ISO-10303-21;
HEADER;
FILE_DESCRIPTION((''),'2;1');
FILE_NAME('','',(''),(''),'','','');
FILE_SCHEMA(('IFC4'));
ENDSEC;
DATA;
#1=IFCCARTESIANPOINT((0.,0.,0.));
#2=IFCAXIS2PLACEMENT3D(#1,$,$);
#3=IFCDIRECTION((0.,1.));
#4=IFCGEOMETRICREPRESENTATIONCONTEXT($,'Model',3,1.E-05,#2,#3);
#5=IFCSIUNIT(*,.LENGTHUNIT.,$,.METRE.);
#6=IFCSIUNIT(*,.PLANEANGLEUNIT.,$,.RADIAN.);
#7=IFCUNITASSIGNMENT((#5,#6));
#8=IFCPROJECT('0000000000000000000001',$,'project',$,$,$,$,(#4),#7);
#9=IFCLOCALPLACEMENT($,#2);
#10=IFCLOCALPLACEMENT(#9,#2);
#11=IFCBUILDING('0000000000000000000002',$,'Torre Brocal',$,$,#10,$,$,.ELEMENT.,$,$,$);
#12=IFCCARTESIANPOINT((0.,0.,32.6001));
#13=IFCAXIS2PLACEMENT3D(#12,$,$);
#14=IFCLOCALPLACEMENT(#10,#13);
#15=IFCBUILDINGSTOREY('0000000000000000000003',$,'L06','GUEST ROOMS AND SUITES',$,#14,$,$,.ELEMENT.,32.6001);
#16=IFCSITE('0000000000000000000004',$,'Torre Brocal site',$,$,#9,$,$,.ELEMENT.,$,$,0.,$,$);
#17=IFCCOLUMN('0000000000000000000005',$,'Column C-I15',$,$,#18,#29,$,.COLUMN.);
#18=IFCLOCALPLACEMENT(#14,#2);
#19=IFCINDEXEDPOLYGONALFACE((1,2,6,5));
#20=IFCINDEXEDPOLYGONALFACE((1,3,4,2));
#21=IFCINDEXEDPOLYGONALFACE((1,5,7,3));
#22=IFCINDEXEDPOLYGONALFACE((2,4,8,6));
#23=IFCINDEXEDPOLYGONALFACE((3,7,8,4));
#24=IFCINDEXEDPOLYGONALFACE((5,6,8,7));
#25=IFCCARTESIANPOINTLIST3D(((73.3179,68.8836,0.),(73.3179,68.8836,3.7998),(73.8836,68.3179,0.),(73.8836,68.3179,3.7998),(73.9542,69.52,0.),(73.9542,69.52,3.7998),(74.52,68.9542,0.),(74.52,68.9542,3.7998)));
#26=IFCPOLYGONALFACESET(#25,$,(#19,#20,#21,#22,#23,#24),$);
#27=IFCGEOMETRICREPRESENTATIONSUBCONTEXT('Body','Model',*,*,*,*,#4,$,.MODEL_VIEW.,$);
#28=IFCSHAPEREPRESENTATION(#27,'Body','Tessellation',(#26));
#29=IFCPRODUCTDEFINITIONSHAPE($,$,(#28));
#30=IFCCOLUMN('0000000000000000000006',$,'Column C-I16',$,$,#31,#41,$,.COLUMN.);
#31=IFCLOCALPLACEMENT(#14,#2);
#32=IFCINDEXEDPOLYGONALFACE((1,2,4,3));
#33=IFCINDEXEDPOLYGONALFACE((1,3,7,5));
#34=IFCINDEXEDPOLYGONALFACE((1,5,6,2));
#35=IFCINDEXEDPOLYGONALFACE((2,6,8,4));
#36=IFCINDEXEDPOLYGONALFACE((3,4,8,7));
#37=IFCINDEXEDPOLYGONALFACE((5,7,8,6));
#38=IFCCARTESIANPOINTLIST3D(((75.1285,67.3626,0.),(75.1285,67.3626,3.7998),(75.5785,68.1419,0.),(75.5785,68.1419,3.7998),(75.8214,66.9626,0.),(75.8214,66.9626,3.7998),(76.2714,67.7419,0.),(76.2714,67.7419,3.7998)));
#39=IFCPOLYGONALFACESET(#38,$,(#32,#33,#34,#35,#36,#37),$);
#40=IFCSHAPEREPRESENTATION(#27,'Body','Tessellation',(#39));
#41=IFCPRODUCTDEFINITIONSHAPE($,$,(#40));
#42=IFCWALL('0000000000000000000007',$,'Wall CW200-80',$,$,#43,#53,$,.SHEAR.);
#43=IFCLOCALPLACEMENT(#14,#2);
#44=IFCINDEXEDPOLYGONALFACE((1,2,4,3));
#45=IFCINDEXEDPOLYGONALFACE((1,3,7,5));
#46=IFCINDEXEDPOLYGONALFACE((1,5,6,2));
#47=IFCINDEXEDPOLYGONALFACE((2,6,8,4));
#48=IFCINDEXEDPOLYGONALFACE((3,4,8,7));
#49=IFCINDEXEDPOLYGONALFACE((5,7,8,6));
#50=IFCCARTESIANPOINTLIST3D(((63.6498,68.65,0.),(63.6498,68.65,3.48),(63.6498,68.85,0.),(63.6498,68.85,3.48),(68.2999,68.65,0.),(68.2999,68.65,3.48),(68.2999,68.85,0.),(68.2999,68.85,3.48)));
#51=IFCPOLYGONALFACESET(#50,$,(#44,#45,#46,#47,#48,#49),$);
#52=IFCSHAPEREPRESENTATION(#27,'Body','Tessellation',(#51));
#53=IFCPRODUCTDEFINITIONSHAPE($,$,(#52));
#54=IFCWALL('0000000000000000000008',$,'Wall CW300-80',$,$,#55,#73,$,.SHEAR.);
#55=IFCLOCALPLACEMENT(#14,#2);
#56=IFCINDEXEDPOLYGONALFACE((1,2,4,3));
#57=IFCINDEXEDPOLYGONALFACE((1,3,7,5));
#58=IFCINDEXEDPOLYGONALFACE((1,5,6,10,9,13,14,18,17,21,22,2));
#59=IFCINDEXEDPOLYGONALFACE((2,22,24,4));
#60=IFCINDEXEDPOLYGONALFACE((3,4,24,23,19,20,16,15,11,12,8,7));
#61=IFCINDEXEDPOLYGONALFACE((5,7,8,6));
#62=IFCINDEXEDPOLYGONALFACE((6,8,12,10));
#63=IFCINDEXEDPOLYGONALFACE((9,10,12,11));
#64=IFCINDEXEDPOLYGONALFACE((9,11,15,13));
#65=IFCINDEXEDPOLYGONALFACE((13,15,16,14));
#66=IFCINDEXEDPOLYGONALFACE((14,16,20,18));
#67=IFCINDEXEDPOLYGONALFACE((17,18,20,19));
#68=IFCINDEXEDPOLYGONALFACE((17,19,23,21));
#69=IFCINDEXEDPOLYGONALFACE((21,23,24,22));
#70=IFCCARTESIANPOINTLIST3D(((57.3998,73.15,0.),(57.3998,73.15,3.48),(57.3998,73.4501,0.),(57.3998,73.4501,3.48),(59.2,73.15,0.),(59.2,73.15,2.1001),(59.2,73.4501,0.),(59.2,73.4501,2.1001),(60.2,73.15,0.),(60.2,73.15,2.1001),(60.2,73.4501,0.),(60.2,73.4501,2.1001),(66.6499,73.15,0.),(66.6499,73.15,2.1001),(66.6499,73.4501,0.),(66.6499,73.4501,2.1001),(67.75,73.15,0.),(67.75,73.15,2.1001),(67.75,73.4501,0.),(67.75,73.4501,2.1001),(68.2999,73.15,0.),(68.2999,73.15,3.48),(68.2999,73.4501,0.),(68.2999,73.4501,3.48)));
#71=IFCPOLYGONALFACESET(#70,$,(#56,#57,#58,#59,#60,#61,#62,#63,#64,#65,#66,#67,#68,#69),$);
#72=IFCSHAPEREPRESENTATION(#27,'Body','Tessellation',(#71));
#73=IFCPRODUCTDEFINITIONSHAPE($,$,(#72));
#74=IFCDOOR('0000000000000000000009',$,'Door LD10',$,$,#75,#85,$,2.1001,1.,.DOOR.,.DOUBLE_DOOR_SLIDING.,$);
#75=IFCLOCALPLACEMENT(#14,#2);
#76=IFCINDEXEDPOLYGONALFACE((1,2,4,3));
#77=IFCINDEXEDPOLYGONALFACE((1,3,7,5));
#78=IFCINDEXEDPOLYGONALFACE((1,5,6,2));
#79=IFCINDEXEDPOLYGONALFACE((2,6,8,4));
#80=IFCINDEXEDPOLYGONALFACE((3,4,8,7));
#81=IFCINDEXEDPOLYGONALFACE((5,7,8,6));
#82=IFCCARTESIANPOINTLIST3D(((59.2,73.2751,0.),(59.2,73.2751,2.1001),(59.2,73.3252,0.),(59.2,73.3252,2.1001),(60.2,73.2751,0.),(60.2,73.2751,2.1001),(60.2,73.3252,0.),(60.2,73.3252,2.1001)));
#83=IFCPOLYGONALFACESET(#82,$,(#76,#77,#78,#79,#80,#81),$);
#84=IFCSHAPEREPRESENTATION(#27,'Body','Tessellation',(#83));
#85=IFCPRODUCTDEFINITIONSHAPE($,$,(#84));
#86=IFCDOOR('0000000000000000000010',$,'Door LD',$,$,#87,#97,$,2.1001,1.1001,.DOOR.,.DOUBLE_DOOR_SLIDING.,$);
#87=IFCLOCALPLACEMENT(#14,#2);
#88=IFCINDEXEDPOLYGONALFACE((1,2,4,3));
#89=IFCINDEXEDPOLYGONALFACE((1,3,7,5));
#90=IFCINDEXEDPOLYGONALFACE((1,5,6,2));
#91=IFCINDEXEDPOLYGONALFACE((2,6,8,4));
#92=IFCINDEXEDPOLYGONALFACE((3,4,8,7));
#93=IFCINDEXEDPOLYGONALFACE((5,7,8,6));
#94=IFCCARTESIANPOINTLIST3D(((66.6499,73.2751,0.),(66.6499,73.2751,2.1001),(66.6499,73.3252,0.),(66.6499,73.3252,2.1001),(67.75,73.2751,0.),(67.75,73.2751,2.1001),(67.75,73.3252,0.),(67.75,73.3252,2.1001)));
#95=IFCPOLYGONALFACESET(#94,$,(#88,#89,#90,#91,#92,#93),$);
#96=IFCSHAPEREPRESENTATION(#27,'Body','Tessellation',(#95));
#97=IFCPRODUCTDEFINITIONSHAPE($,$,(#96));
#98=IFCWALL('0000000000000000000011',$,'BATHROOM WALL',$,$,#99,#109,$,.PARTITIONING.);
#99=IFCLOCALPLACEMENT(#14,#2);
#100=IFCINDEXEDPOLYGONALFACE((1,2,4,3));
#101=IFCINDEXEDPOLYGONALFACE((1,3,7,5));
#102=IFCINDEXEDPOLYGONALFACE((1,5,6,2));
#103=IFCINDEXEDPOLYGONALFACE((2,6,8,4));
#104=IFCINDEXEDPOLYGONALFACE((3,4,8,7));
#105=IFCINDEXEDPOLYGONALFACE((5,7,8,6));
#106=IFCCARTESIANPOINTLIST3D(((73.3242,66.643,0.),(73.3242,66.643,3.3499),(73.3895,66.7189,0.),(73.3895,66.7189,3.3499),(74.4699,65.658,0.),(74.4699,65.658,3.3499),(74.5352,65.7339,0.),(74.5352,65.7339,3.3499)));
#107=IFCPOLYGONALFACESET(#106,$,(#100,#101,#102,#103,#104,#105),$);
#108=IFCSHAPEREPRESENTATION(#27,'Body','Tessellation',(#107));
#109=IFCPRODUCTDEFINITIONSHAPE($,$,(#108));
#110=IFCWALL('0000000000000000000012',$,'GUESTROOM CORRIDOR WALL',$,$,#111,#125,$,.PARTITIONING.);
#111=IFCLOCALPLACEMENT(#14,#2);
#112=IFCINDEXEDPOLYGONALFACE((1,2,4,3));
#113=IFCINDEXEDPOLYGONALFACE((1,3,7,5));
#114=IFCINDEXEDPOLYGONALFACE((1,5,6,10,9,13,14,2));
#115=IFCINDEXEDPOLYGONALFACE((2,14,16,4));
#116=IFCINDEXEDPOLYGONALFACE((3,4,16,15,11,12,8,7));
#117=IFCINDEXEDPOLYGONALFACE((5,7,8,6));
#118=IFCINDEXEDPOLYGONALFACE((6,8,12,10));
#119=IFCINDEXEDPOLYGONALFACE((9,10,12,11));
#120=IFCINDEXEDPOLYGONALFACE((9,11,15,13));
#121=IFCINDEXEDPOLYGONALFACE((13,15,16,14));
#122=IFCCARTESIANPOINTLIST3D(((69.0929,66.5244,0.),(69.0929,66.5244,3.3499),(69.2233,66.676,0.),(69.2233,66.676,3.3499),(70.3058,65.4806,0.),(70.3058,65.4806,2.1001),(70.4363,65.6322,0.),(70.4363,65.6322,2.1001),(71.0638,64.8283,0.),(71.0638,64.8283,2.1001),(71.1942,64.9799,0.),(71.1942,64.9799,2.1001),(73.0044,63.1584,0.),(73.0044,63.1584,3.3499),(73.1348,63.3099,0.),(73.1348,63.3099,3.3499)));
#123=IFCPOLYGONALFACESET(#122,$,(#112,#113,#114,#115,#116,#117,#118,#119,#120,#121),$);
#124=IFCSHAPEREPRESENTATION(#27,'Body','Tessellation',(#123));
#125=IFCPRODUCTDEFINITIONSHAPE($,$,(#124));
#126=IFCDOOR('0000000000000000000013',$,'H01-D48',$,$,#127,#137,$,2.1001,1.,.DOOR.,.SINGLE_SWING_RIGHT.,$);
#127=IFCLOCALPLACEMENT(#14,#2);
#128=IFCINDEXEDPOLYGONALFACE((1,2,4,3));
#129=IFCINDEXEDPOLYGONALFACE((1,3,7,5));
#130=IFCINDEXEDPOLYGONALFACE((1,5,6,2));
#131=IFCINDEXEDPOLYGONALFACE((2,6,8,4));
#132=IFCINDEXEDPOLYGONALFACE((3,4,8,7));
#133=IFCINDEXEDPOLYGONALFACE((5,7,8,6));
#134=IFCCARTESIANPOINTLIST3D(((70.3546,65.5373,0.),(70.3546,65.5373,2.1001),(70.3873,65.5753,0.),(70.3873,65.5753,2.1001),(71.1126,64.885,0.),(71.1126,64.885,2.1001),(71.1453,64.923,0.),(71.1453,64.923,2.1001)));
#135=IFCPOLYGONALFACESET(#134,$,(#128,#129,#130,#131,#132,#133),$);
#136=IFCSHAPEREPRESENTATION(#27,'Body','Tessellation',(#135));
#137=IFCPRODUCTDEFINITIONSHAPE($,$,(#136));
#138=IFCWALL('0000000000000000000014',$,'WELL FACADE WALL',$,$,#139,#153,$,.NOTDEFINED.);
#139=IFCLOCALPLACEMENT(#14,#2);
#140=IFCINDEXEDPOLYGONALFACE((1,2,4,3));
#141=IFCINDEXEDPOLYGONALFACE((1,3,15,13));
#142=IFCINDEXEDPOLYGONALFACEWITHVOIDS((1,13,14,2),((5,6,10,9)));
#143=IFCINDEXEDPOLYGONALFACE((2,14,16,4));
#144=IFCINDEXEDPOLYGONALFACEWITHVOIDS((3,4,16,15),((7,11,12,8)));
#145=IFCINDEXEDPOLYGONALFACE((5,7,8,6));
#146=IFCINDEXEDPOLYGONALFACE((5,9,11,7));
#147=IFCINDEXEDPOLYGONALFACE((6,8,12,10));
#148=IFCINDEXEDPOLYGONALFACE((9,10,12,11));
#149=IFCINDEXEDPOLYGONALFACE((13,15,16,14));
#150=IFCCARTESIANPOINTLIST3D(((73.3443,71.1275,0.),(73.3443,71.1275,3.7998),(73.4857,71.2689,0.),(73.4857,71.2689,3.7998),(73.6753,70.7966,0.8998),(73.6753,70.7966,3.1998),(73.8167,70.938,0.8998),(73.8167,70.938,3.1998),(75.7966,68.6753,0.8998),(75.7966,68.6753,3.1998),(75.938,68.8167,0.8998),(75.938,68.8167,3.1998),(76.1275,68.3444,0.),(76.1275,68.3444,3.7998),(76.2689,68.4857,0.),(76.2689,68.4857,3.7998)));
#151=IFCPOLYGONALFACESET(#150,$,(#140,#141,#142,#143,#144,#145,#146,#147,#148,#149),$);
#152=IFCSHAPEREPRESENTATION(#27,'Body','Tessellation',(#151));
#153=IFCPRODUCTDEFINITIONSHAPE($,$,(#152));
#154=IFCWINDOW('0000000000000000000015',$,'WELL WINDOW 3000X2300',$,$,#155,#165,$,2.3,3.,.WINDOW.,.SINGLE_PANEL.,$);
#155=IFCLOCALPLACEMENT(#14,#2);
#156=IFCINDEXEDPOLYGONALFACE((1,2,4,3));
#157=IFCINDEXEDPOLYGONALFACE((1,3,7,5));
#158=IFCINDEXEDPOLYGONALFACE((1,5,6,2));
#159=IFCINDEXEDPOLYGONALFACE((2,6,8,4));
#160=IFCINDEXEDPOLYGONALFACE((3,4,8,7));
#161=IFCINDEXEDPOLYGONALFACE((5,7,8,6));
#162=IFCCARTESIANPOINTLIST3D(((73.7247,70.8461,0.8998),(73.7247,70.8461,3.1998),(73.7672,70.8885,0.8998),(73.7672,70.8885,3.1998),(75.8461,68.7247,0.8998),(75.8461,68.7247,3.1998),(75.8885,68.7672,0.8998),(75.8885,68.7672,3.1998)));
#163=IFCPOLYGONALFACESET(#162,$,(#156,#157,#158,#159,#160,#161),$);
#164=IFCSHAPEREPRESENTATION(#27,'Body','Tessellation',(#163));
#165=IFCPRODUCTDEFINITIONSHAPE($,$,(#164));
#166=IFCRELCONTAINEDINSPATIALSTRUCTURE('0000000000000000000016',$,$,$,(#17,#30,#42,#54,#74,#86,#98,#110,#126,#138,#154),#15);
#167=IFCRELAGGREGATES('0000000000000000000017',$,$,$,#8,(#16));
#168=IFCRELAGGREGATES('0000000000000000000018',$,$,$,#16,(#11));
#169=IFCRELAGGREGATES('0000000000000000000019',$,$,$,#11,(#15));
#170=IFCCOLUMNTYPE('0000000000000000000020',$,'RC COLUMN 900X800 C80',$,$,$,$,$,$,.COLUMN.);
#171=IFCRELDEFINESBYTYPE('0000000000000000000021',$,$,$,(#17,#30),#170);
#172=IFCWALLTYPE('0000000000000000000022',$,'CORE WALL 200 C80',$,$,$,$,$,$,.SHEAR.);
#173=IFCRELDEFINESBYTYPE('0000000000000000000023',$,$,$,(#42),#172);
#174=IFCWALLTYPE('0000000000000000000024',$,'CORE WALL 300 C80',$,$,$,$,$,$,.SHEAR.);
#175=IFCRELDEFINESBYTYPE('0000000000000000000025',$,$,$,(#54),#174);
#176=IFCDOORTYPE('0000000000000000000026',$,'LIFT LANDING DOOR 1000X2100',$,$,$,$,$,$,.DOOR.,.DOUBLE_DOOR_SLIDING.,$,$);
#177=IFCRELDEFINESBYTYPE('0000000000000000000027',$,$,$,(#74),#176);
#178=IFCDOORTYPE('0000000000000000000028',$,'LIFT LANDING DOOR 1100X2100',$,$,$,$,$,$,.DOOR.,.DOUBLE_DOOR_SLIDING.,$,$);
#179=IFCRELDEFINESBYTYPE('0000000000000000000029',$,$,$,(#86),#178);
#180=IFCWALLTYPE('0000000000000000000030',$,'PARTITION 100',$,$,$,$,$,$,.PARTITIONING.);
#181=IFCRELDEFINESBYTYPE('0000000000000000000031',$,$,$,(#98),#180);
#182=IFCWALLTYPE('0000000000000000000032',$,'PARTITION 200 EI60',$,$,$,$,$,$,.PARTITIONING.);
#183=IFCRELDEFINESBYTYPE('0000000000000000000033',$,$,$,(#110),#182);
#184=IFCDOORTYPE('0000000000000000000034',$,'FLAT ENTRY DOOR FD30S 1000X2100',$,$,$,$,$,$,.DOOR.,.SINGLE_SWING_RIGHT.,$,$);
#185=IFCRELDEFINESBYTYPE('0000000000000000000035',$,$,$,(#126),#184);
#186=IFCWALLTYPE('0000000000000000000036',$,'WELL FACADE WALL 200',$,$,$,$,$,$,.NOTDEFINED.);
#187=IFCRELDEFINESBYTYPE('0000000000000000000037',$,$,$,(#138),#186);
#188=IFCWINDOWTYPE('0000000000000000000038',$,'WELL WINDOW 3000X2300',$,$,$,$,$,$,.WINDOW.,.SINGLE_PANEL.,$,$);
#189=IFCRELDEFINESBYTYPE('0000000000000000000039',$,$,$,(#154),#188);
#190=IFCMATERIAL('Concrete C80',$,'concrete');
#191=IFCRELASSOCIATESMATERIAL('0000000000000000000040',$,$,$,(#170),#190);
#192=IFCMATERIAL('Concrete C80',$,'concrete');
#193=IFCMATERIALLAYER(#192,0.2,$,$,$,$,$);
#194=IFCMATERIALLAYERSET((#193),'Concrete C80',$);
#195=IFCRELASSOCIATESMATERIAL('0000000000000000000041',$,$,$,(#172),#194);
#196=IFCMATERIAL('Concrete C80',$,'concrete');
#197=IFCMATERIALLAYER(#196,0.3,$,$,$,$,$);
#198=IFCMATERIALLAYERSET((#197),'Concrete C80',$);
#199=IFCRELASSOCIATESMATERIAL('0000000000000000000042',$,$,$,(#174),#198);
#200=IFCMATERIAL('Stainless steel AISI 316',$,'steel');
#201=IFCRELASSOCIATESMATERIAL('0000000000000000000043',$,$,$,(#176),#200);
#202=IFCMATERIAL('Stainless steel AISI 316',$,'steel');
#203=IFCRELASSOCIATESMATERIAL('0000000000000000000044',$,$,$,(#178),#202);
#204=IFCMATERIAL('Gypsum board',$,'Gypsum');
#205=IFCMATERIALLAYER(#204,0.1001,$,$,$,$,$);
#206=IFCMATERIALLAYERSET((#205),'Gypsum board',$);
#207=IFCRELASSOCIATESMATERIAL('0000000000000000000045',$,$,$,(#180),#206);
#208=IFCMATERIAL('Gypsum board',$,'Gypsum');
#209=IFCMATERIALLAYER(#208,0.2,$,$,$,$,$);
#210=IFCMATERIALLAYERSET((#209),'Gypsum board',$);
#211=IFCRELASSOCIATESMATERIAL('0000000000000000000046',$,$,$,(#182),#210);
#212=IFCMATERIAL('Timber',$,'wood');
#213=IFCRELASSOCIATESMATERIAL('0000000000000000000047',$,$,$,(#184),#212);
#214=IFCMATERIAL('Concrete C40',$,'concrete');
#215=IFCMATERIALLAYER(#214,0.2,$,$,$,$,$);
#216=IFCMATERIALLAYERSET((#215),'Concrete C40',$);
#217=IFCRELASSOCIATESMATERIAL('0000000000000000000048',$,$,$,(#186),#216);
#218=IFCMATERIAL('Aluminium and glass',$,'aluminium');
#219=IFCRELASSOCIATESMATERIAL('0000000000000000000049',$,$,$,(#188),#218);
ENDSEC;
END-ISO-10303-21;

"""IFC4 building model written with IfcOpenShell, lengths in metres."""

from ifc_helpers import new_model, si_unit, direction, frame, frame_2d, origin, origin_2d, place, context, subcontext, project, spatial, rectangle, extrude, material, layer, layer_set, material_profile, profile_set, type_object, element, fill, save


model = new_model("IFC4")

# Units and contexts
model_context = context("Model", 3, precision=1e-05, world=origin(), true_north=direction((0.0, 1.0)))
body_context = subcontext(model_context, "Body", "Model", "MODEL_VIEW")
ifc_project = project(units=[si_unit("LENGTHUNIT", "METRE"), si_unit("PLANEANGLEUNIT", "RADIAN")], contexts=[model_context])

# Site, building, storey
site_placement = place(None, origin())
site = spatial("IfcSite", under=ifc_project, at=site_placement, Name="Torre Brocal site", CompositionType="ELEMENT", RefElevation=0.0)
building_placement = place(site_placement, origin())
building = spatial("IfcBuilding", under=site, at=building_placement, Name="Torre Brocal", CompositionType="ELEMENT")
storey_placement = place(building_placement, frame((0.0, 0.0, 32.6001)))
storey = spatial("IfcBuildingStorey", under=building, at=storey_placement, Name="L06", Description="GUEST ROOMS AND SUITES", CompositionType="ELEMENT", Elevation=32.6001)

# Columns
ifc_material_1 = material(Name="Concrete C80", Category="concrete")
ifc_material_profile = material_profile(ifc_material_1, rectangle(XDim=0.8999, YDim=0.8, at=origin_2d()), Name="RC 900X800")
ifc_profile_set = profile_set([ifc_material_profile], Name="Concrete C80")
column_type = type_object("IfcColumnType", Name="RC COLUMN 900X800 C80", PredefinedType="COLUMN", material=ifc_profile_set)
for number, where, z_axis, x_axis, name in (
    (1, (73.9189, 68.9189, 0.0), (0.0, 0.0, 1.0), (-0.707107, -0.707107, 0.0), "Column C-I15"),
    (2, (75.7, 67.5522, 0.0), (0.0, 0.0, 1.0), (-0.5, -0.866025, 0.0), "Column C-I16"),
):
    element("IfcColumn", number, at=place(storey_placement, frame(where, z_axis=z_axis, x_axis=x_axis)), inside=storey, type_object=column_type, Name=name, PredefinedType="COLUMN", context=body_context, shape_type="SweptSolid", body=[
        extrude(rectangle(XDim=0.8999, YDim=0.8, at=origin_2d()), origin(), (0.0, 0.0, 1.0), 3.7998),
    ])

# Wall
ifc_material_2 = material(Name="Concrete C80", Category="concrete")
ifc_layer_1 = layer(ifc_material_2, 0.2)
ifc_layer_set_1 = layer_set([ifc_layer_1], Name="Concrete C80")
wall_type_1 = type_object("IfcWallType", Name="CORE WALL 200 C80", PredefinedType="SHEAR", material=ifc_layer_set_1)
wall_1_placement = place(storey_placement, frame((68.3, 68.75, 0.0), z_axis=(0.0, 0.0, 1.0), x_axis=(-1.0, 0.0, 0.0)))
element("IfcWall", 3, at=wall_1_placement, inside=storey, type_object=wall_type_1, Name="Wall CW200-80", PredefinedType="SHEAR", context=body_context, shape_type="SweptSolid", body=[
    extrude(rectangle(XDim=4.6501, YDim=0.2, at=frame_2d((2.3252, 0.0))), origin(), (0.0, 0.0, 1.0), 3.48),
])

# Wall, openings, doors
ifc_material_3 = material(Name="Concrete C80", Category="concrete")
ifc_layer_2 = layer(ifc_material_3, 0.3)
ifc_layer_set_2 = layer_set([ifc_layer_2], Name="Concrete C80")
wall_type_2 = type_object("IfcWallType", Name="CORE WALL 300 C80", PredefinedType="SHEAR", material=ifc_layer_set_2)
wall_2_placement = place(storey_placement, frame((68.3, 73.3, 0.0), z_axis=(0.0, 0.0, 1.0), x_axis=(-1.0, 0.0, 0.0)))
wall_2 = element("IfcWall", 4, at=wall_2_placement, inside=storey, type_object=wall_type_2, Name="Wall CW300-80", PredefinedType="SHEAR", context=body_context, shape_type="SweptSolid", body=[
    extrude(rectangle(XDim=10.9001, YDim=0.3, at=frame_2d((5.4502, 0.0))), origin(), (0.0, 0.0, 1.0), 3.48),
])
opening_1_placement = place(wall_2_placement, frame((0.55, 0.0, 0.0)))
opening_1 = element("IfcOpeningElement", 5, at=opening_1_placement, cuts=wall_2, PredefinedType="OPENING", context=body_context, shape_type="SweptSolid", body=[
    extrude(rectangle(XDim=1.1001, YDim=2.1001, at=frame_2d((0.55, 1.05))), frame((0.0, 0.1599, 0.0), z_axis=(0.0, -1.0, 0.0), x_axis=(1.0, 0.0, 0.0)), (0.0, 0.0, 1.0), 0.3201),
])
opening_2_placement = place(wall_2_placement, frame((8.1001, 0.0, 0.0)))
opening_2 = element("IfcOpeningElement", 6, at=opening_2_placement, cuts=wall_2, PredefinedType="OPENING", context=body_context, shape_type="SweptSolid", body=[
    extrude(rectangle(XDim=1.0, YDim=2.1001, at=frame_2d((0.5, 1.05))), frame((0.0, 0.1599, 0.0), z_axis=(0.0, -1.0, 0.0), x_axis=(1.0, 0.0, 0.0)), (0.0, 0.0, 1.0), 0.3201),
])
ifc_material_4 = material(Name="Stainless steel AISI 316", Category="steel")
door_type_1 = type_object("IfcDoorType", Name="LIFT LANDING DOOR 1000X2100", OperationType="DOUBLE_DOOR_SLIDING", PredefinedType="DOOR", material=ifc_material_4)
door_1_placement = place(opening_2_placement, origin())
door_1 = element("IfcDoor", 7, at=door_1_placement, inside=storey, type_object=door_type_1, Name="Door LD10", OperationType="DOUBLE_DOOR_SLIDING", OverallHeight=2.1001, OverallWidth=1.0, PredefinedType="DOOR", context=body_context, shape_type="SweptSolid", body=[
    extrude(rectangle(XDim=1.0, YDim=2.1001, at=frame_2d((0.5, 1.05))), frame((0.0, 0.0249, 0.0), z_axis=(0.0, -1.0, 0.0), x_axis=(1.0, 0.0, 0.0)), (0.0, 0.0, 1.0), 0.05),
])
fill(opening_2, door_1)
ifc_material_5 = material(Name="Stainless steel AISI 316", Category="steel")
door_type_2 = type_object("IfcDoorType", Name="LIFT LANDING DOOR 1100X2100", OperationType="DOUBLE_DOOR_SLIDING", PredefinedType="DOOR", material=ifc_material_5)
door_2_placement = place(opening_1_placement, origin())
door_2 = element("IfcDoor", 8, at=door_2_placement, inside=storey, type_object=door_type_2, Name="Door LD", OperationType="DOUBLE_DOOR_SLIDING", OverallHeight=2.1001, OverallWidth=1.1001, PredefinedType="DOOR", context=body_context, shape_type="SweptSolid", body=[
    extrude(rectangle(XDim=1.1001, YDim=2.1001, at=frame_2d((0.55, 1.05))), frame((0.0, 0.0249, 0.0), z_axis=(0.0, -1.0, 0.0), x_axis=(1.0, 0.0, 0.0)), (0.0, 0.0, 1.0), 0.05),
])
fill(opening_1, door_2)

# Wall
ifc_material_6 = material(Name="Gypsum board", Category="Gypsum")
ifc_layer_3 = layer(ifc_material_6, 0.1001)
ifc_layer_set_3 = layer_set([ifc_layer_3], Name="Gypsum board")
wall_type_3 = type_object("IfcWallType", Name="PARTITION 100", PredefinedType="PARTITIONING", material=ifc_layer_set_3)
wall_3_placement = place(storey_placement, frame((73.3569, 66.6809, 0.0), z_axis=(0.0, 0.0, 1.0), x_axis=(0.758263, -0.651948, 0.0)))
element("IfcWall", 9, at=wall_3_placement, inside=storey, type_object=wall_type_3, Name="BATHROOM WALL", PredefinedType="PARTITIONING", context=body_context, shape_type="SweptSolid", body=[
    extrude(rectangle(XDim=1.511, YDim=0.1001, at=frame_2d((0.7554, 0.0))), origin(), (0.0, 0.0, 1.0), 3.3499),
])

# Wall, opening, door
ifc_material_7 = material(Name="Gypsum board", Category="Gypsum")
ifc_layer_4 = layer(ifc_material_7, 0.2)
ifc_layer_set_4 = layer_set([ifc_layer_4], Name="Gypsum board")
wall_type_4 = type_object("IfcWallType", Name="PARTITION 200 EI60", PredefinedType="PARTITIONING", material=ifc_layer_set_4)
wall_4_placement = place(storey_placement, frame((69.1582, 66.6001, 0.0), z_axis=(0.0, 0.0, 1.0), x_axis=(0.757976, -0.652282, 0.0)))
wall_4 = element("IfcWall", 10, at=wall_4_placement, inside=storey, type_object=wall_type_4, Name="GUESTROOM CORRIDOR WALL", PredefinedType="PARTITIONING", context=body_context, shape_type="SweptSolid", body=[
    extrude(rectangle(XDim=5.1604, YDim=0.2, at=frame_2d((2.5801, 0.0))), origin(), (0.0, 0.0, 1.0), 3.3499),
])
opening_3_placement = place(wall_4_placement, frame((1.6001, 0.0, 0.0)))
opening_3 = element("IfcOpeningElement", 11, at=opening_3_placement, cuts=wall_4, PredefinedType="OPENING", context=body_context, shape_type="SweptSolid", body=[
    extrude(rectangle(XDim=1.0, YDim=2.1001, at=frame_2d((0.5, 1.05))), frame((0.0, 0.1099, 0.0), z_axis=(0.0, -1.0, 0.0), x_axis=(1.0, 0.0, 0.0)), (0.0, 0.0, 1.0), 0.22),
])
ifc_material_8 = material(Name="Timber", Category="wood")
door_type_3 = type_object("IfcDoorType", Name="FLAT ENTRY DOOR FD30S 1000X2100", OperationType="SINGLE_SWING_RIGHT", PredefinedType="DOOR", material=ifc_material_8)
door_3_placement = place(opening_3_placement, origin())
door_3 = element("IfcDoor", 12, at=door_3_placement, inside=storey, type_object=door_type_3, Name="H01-D48", OperationType="SINGLE_SWING_RIGHT", OverallHeight=2.1001, OverallWidth=1.0, PredefinedType="DOOR", context=body_context, shape_type="SweptSolid", body=[
    extrude(rectangle(XDim=1.0, YDim=2.1001, at=frame_2d((0.5, 1.05))), frame((0.0, 0.0249, 0.0), z_axis=(0.0, -1.0, 0.0), x_axis=(1.0, 0.0, 0.0)), (0.0, 0.0, 1.0), 0.05),
])
fill(opening_3, door_3)

# Wall, opening, window
ifc_material_9 = material(Name="Concrete C40", Category="concrete")
ifc_layer_5 = layer(ifc_material_9, 0.2)
ifc_layer_set_5 = layer_set([ifc_layer_5], Name="Concrete C40")
wall_type_5 = type_object("IfcWallType", Name="WELL FACADE WALL 200", PredefinedType="NOTDEFINED", material=ifc_layer_set_5)
wall_5_placement = place(storey_placement, frame((73.415, 71.1982, 0.0), z_axis=(0.0, 0.0, 1.0), x_axis=(0.707107, -0.707107, 0.0)))
wall_5 = element("IfcWall", 13, at=wall_5_placement, inside=storey, type_object=wall_type_5, Name="WELL FACADE WALL", PredefinedType="NOTDEFINED", context=body_context, shape_type="SweptSolid", body=[
    extrude(rectangle(XDim=3.936, YDim=0.2, at=frame_2d((1.968, 0.0))), origin(), (0.0, 0.0, 1.0), 3.7998),
])
opening_4_placement = place(wall_5_placement, frame((0.468, 0.0, 0.8999)))
opening_4 = element("IfcOpeningElement", 14, at=opening_4_placement, cuts=wall_5, PredefinedType="OPENING", context=body_context, shape_type="SweptSolid", body=[
    extrude(rectangle(XDim=3.0, YDim=2.3, at=frame_2d((1.5, 1.1499))), frame((0.0, 0.1099, 0.0), z_axis=(0.0, -1.0, 0.0), x_axis=(1.0, 0.0, 0.0)), (0.0, 0.0, 1.0), 0.22),
])
ifc_material_10 = material(Name="Aluminium and glass", Category="aluminium")
window_type = type_object("IfcWindowType", Name="WELL WINDOW 3000X2300", PartitioningType="SINGLE_PANEL", PredefinedType="WINDOW", material=ifc_material_10)
window_1_placement = place(opening_4_placement, origin())
window_1 = element("IfcWindow", 15, at=window_1_placement, inside=storey, type_object=window_type, Name="WELL WINDOW 3000X2300", OverallHeight=2.3, OverallWidth=3.0, PartitioningType="SINGLE_PANEL", PredefinedType="WINDOW", context=body_context, shape_type="SweptSolid", body=[
    extrude(rectangle(XDim=3.0, YDim=2.3, at=frame_2d((1.5, 1.1499))), frame((0.0, 0.03, 0.0), z_axis=(0.0, -1.0, 0.0), x_axis=(1.0, 0.0, 0.0)), (0.0, 0.0, 1.0), 0.0601),
])
fill(opening_4, window_1)

save(model, "model.ifc")
